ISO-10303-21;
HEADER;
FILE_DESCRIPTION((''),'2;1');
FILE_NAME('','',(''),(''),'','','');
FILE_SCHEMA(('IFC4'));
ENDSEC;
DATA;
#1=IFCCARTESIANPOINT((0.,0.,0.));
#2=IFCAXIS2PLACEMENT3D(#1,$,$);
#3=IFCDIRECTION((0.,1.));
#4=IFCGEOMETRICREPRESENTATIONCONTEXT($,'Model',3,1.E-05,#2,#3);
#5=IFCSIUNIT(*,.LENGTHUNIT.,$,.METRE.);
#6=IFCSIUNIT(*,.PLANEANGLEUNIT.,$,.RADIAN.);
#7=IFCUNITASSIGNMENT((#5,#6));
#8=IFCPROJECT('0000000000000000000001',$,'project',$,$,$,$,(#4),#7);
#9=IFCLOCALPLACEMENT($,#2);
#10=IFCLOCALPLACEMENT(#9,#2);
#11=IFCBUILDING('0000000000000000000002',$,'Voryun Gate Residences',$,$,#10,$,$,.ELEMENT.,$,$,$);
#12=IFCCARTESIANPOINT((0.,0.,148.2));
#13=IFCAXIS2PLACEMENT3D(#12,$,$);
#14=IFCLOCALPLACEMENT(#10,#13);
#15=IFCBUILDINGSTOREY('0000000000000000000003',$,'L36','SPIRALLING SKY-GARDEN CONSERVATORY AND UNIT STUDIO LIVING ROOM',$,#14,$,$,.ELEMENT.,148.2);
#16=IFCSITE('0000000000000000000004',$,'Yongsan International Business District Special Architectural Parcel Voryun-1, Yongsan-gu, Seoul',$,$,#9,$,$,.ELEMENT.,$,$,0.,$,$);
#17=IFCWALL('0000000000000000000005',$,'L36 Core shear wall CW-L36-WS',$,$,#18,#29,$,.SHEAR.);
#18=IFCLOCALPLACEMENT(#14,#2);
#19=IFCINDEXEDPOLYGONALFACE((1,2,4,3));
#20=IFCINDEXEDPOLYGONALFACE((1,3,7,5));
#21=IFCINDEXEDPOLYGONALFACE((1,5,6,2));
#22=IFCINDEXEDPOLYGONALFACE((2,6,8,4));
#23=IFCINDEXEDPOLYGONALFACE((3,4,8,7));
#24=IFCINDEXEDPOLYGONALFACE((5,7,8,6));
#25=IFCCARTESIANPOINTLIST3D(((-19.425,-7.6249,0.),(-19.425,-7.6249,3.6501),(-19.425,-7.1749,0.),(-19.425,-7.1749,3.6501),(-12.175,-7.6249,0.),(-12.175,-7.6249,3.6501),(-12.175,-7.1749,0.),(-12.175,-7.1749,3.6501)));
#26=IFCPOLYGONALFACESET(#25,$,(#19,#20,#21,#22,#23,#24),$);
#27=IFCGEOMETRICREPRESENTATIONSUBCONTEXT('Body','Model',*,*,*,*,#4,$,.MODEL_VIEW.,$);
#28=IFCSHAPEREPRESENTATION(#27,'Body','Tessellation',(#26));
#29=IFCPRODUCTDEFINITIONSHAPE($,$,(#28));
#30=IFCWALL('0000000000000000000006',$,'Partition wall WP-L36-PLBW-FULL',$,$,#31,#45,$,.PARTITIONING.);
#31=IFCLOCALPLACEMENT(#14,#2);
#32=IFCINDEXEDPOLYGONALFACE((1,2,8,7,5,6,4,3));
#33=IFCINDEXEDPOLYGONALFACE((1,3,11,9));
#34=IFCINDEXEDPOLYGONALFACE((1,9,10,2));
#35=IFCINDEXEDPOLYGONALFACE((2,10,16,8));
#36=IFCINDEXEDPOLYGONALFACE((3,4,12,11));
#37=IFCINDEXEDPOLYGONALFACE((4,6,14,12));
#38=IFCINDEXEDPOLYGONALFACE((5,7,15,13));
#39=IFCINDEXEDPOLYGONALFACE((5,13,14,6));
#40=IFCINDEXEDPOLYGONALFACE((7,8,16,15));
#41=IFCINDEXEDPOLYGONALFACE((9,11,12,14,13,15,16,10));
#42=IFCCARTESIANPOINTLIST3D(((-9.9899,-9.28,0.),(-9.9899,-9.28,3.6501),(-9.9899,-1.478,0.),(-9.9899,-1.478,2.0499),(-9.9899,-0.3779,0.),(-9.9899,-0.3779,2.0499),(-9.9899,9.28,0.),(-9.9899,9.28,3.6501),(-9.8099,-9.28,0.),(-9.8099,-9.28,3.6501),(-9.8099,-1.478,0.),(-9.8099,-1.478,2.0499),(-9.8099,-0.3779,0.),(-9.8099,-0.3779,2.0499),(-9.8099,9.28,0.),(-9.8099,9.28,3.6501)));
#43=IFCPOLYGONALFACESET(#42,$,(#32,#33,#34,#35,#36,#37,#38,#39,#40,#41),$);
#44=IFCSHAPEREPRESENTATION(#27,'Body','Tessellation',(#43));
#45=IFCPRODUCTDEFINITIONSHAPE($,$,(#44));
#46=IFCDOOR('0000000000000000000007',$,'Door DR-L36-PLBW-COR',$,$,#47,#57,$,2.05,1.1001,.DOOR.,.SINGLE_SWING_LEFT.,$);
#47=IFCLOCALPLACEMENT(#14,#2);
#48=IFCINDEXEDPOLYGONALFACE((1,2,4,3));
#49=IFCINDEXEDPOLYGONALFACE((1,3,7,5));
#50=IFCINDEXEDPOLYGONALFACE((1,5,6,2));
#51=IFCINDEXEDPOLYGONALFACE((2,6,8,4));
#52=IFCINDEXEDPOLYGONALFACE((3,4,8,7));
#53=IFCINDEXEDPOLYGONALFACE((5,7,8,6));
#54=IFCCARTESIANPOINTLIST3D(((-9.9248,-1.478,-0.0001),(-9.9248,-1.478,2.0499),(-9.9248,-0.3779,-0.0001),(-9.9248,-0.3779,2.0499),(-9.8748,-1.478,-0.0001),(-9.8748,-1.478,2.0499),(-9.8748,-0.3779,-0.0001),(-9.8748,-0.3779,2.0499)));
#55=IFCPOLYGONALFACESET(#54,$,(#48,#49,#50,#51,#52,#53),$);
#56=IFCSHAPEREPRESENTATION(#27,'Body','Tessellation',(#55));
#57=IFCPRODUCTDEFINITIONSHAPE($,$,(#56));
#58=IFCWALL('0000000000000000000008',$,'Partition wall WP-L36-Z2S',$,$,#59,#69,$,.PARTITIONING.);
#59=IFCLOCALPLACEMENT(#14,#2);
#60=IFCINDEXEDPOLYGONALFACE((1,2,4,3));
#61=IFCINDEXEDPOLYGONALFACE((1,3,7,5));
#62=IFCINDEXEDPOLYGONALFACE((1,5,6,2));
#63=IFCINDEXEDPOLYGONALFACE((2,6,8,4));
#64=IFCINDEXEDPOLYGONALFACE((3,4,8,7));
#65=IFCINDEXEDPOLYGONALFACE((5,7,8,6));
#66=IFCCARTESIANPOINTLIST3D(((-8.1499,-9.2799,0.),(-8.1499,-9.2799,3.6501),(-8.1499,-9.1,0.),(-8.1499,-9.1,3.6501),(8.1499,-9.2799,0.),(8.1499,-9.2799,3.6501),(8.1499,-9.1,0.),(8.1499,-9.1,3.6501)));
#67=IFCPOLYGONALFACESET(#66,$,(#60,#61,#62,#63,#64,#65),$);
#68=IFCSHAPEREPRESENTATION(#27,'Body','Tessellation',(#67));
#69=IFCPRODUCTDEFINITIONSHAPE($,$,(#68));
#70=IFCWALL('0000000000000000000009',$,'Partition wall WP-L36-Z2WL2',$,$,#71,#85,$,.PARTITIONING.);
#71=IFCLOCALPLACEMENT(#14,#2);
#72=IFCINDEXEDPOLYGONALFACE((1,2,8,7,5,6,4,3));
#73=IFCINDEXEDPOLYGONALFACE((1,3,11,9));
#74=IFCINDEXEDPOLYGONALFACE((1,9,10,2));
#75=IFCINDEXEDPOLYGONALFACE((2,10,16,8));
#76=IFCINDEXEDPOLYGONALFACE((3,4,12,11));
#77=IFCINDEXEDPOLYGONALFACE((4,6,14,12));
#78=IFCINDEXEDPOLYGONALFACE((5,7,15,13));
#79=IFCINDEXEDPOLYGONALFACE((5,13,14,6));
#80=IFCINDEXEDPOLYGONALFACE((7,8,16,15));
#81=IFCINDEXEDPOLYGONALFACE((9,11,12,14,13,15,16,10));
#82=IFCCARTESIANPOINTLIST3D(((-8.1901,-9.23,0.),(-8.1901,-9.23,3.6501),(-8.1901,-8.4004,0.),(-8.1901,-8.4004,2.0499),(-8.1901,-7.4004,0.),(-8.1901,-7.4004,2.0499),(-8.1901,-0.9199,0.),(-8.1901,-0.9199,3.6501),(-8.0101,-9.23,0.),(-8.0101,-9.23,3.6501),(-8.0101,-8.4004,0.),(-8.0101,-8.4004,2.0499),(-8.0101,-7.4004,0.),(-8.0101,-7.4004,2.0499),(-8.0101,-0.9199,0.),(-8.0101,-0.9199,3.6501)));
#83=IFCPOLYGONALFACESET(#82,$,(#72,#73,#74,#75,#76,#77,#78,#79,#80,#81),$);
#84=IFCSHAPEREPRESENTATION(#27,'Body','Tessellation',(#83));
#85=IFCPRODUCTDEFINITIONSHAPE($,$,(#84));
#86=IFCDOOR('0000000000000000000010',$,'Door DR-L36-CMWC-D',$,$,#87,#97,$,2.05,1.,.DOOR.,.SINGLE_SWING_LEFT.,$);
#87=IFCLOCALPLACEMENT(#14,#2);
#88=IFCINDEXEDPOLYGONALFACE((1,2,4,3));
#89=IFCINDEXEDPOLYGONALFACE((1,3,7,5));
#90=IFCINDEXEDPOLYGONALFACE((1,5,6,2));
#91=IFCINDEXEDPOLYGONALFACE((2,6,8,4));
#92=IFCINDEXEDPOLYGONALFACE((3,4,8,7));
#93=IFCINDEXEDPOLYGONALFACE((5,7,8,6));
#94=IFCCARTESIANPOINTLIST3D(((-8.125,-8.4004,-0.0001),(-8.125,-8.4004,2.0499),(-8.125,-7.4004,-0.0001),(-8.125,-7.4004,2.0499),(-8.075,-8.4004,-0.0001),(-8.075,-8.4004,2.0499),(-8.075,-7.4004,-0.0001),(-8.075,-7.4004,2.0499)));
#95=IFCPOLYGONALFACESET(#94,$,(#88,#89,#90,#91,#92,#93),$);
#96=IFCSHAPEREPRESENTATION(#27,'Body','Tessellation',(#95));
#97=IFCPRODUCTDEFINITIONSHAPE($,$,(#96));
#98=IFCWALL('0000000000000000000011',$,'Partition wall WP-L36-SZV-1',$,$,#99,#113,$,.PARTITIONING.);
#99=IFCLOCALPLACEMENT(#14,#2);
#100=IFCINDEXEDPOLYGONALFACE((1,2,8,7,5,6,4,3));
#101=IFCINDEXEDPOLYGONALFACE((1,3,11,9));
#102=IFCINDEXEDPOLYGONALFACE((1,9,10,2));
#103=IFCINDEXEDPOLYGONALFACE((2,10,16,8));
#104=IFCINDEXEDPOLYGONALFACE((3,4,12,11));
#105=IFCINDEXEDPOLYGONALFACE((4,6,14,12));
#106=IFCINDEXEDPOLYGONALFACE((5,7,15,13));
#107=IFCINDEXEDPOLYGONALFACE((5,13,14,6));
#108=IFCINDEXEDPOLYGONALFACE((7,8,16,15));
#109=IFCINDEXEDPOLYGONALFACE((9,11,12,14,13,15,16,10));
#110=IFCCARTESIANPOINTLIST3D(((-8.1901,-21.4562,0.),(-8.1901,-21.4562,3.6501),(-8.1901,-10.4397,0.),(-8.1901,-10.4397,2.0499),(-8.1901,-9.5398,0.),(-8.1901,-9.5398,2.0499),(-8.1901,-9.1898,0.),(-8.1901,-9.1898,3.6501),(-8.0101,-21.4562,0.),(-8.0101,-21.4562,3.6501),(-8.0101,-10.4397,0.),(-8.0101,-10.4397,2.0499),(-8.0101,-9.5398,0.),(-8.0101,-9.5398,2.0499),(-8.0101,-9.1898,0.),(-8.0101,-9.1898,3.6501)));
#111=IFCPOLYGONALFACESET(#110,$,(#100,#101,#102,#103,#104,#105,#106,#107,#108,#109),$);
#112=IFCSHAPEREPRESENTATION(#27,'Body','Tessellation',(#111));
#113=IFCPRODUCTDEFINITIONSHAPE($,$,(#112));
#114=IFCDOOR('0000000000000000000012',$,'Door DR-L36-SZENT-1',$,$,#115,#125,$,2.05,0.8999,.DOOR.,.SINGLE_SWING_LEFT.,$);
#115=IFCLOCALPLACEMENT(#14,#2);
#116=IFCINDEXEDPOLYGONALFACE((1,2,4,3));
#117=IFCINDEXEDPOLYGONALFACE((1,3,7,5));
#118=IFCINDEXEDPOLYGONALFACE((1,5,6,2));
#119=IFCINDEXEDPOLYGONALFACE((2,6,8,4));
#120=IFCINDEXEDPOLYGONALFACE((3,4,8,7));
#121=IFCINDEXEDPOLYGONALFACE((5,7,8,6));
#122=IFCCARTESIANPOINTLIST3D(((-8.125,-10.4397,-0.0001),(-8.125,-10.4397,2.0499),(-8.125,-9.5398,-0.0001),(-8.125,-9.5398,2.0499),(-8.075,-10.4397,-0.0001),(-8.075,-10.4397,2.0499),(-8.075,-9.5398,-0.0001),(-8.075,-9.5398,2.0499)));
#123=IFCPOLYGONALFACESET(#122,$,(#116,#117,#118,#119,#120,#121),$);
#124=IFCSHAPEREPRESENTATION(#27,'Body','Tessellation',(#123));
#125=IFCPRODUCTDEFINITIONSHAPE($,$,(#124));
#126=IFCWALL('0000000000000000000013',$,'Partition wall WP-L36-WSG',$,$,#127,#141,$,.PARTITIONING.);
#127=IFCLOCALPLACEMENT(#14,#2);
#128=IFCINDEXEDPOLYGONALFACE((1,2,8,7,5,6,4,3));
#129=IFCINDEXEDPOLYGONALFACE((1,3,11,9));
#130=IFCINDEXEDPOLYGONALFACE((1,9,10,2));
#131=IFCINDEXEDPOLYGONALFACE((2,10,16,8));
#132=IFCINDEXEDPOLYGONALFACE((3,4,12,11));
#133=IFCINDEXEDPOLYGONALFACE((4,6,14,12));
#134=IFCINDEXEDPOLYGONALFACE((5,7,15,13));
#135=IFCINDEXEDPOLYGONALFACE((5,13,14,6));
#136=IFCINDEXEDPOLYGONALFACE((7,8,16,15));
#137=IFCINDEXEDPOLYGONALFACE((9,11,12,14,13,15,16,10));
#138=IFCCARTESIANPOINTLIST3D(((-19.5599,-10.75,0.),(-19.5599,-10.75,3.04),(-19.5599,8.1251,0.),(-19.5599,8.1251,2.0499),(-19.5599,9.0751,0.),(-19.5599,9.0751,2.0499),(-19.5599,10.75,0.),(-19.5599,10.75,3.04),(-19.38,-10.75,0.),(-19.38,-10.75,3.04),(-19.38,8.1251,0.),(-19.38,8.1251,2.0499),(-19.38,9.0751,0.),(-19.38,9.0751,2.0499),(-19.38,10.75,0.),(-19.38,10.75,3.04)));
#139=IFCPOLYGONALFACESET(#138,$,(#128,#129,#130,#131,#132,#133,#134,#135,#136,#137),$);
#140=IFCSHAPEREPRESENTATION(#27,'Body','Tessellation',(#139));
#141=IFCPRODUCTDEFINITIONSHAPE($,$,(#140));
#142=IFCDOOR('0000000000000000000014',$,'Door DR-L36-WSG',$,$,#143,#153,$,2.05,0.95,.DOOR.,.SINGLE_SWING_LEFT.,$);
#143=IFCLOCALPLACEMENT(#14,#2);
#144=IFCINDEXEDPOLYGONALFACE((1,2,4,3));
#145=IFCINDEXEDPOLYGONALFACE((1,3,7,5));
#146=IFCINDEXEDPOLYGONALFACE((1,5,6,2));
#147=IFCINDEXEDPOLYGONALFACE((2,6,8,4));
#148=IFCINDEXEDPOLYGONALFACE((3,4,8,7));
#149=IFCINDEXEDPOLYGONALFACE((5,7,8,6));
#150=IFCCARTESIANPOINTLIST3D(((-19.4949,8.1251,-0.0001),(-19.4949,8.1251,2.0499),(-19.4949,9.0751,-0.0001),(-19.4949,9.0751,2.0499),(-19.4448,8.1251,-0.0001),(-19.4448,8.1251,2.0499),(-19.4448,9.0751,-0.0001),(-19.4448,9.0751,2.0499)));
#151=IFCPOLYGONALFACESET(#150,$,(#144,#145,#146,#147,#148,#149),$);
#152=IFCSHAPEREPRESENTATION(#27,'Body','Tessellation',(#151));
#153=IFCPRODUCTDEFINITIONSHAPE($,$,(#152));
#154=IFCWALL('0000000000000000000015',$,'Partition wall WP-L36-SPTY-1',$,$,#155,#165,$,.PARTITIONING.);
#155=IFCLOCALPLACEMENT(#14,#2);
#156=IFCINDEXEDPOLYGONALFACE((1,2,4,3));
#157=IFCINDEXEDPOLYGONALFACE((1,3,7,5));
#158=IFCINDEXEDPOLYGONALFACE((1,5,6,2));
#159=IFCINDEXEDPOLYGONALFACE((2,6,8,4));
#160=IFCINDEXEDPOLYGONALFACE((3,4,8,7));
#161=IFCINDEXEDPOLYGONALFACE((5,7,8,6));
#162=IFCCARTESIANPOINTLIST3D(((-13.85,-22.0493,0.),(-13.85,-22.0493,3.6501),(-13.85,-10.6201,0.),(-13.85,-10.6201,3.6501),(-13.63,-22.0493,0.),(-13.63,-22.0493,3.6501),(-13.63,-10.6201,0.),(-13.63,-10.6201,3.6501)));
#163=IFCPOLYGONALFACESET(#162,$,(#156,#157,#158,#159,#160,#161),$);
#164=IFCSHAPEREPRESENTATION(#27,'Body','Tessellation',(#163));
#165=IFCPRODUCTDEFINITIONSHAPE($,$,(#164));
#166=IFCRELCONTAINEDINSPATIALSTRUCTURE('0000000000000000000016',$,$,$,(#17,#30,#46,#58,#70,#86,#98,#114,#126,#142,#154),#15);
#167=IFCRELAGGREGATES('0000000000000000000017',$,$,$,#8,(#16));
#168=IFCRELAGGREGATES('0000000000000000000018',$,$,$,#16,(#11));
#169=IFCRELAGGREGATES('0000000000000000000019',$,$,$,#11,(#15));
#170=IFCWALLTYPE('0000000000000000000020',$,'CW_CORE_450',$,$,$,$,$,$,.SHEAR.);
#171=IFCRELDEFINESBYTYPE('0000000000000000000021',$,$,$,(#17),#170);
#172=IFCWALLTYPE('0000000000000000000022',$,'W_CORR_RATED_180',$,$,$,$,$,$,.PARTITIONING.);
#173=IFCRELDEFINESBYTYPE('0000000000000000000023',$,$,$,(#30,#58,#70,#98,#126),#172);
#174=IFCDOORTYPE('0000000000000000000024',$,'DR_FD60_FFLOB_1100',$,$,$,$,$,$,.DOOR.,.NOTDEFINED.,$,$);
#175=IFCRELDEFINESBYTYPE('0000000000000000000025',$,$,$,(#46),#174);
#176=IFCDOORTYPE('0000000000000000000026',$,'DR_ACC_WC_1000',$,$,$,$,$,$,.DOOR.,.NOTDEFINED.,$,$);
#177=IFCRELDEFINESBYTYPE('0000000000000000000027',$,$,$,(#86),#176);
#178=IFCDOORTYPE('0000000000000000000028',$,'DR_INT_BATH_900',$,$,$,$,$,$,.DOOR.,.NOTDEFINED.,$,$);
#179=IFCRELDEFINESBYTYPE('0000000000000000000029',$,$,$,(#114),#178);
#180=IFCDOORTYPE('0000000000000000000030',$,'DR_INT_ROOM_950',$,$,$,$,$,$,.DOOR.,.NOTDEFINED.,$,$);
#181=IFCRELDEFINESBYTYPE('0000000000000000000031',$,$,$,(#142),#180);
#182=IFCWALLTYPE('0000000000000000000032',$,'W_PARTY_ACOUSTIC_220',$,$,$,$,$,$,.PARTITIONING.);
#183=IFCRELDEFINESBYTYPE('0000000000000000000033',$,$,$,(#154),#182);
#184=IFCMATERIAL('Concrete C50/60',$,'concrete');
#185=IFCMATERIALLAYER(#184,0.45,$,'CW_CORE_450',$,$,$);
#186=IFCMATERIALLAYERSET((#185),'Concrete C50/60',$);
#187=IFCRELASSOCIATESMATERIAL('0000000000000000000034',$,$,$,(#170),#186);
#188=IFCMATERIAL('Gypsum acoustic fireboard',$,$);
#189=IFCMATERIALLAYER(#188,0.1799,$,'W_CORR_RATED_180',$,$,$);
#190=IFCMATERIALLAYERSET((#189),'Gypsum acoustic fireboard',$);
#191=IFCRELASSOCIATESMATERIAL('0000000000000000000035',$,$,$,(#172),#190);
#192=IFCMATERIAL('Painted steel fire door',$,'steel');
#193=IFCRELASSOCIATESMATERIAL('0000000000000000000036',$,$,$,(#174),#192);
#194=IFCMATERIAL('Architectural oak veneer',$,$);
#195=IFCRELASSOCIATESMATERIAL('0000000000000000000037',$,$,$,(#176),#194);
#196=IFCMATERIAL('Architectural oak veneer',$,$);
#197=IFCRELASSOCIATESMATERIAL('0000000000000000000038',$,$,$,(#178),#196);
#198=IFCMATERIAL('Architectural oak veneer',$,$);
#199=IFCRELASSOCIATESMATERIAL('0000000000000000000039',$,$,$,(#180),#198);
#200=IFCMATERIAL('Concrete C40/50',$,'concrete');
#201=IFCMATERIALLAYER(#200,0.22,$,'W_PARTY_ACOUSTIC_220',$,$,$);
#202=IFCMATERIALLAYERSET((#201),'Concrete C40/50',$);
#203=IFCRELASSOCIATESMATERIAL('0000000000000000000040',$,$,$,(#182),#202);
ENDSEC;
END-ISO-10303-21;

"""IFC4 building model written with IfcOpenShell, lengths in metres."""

from ifc_helpers import new_model, si_unit, direction, frame, frame_2d, origin, place, context, subcontext, project, spatial, rectangle, extrude, material, layer, layer_set, type_object, element, fill, save


model = new_model("IFC4")

# Units and contexts
model_context = context("Model", 3, precision=1e-05, world=origin(), true_north=direction((0.0, 1.0)))
body_context = subcontext(model_context, "Body", "Model", "MODEL_VIEW")
ifc_project = project(units=[si_unit("LENGTHUNIT", "METRE"), si_unit("PLANEANGLEUNIT", "RADIAN")], contexts=[model_context])

# Site, building, storey
site_placement = place(None, origin())
site = spatial("IfcSite", under=ifc_project, at=site_placement, Name="Yongsan International Business District Special Architectural Parcel Voryun-1, Yongsan-gu, Seoul", CompositionType="ELEMENT", RefElevation=0.0)
building_placement = place(site_placement, origin())
building = spatial("IfcBuilding", under=site, at=building_placement, Name="Voryun Gate Residences", CompositionType="ELEMENT")
storey_placement = place(building_placement, frame((0.0, 0.0, 148.2)))
storey = spatial("IfcBuildingStorey", under=building, at=storey_placement, Name="L36", Description="SPIRALLING SKY-GARDEN CONSERVATORY AND UNIT STUDIO LIVING ROOM", CompositionType="ELEMENT", Elevation=148.2)

# Wall
ifc_material_1 = material(Name="Concrete C50/60", Category="concrete")
ifc_layer_1 = layer(ifc_material_1, 0.45, Name="CW_CORE_450")
ifc_layer_set_1 = layer_set([ifc_layer_1], Name="Concrete C50/60")
wall_type_1 = type_object("IfcWallType", Name="CW_CORE_450", PredefinedType="SHEAR", material=ifc_layer_set_1)
wall_1_placement = place(storey_placement, frame((-19.425, -7.3999, 0.0), z_axis=(0.0, 0.0, 1.0), x_axis=(1.0, 0.0, 0.0)))
element("IfcWall", 1, at=wall_1_placement, inside=storey, type_object=wall_type_1, Name="L36 Core shear wall CW-L36-WS", PredefinedType="SHEAR", context=body_context, shape_type="SweptSolid", body=[
    extrude(rectangle(XDim=7.25, YDim=0.45, at=frame_2d((3.625, 0.0))), origin(), (0.0, 0.0, 1.0), 3.6501),
])

# Wall, opening, door
ifc_material_2 = material(Name="Gypsum acoustic fireboard")
ifc_layer_2 = layer(ifc_material_2, 0.1799, Name="W_CORR_RATED_180")
ifc_layer_set_2 = layer_set([ifc_layer_2], Name="Gypsum acoustic fireboard")
wall_type_2 = type_object("IfcWallType", Name="W_CORR_RATED_180", PredefinedType="PARTITIONING", material=ifc_layer_set_2)
wall_2_placement = place(storey_placement, frame((-9.8999, -9.28, 0.0), z_axis=(0.0, 0.0, 1.0), x_axis=(0.0, 1.0, 0.0)))
wall_2 = element("IfcWall", 2, at=wall_2_placement, inside=storey, type_object=wall_type_2, Name="Partition wall WP-L36-PLBW-FULL", PredefinedType="PARTITIONING", context=body_context, shape_type="SweptSolid", body=[
    extrude(rectangle(XDim=18.5601, YDim=0.1799, at=frame_2d((9.28, 0.0))), origin(), (0.0, 0.0, 1.0), 3.6501),
])
opening_1_placement = place(wall_2_placement, frame((7.802, 0.0, 0.0)))
opening_1 = element("IfcOpeningElement", 3, at=opening_1_placement, cuts=wall_2, PredefinedType="OPENING", context=body_context, shape_type="SweptSolid", body=[
    extrude(rectangle(XDim=1.1001, YDim=2.05, at=frame_2d((0.55, 1.0249))), frame((0.0, 0.0999, 0.0), z_axis=(0.0, -1.0, 0.0), x_axis=(1.0, 0.0, 0.0)), (0.0, 0.0, 1.0), 0.2),
])
ifc_material_3 = material(Name="Painted steel fire door", Category="steel")
door_type_1 = type_object("IfcDoorType", Name="DR_FD60_FFLOB_1100", OperationType="NOTDEFINED", PredefinedType="DOOR", material=ifc_material_3)
door_1_placement = place(opening_1_placement, origin())
door_1 = element("IfcDoor", 4, at=door_1_placement, inside=storey, type_object=door_type_1, Name="Door DR-L36-PLBW-COR", OperationType="SINGLE_SWING_LEFT", OverallHeight=2.05, OverallWidth=1.1001, PredefinedType="DOOR", context=body_context, shape_type="SweptSolid", body=[
    extrude(rectangle(XDim=1.1001, YDim=2.05, at=frame_2d((0.55, 1.0249))), frame((0.0, 0.0249, 0.0), z_axis=(0.0, -1.0, 0.0), x_axis=(1.0, 0.0, 0.0)), (0.0, 0.0, 1.0), 0.05),
])
fill(opening_1, door_1)

# Wall
wall_3_placement = place(storey_placement, frame((-8.1499, -9.1899, 0.0), z_axis=(0.0, 0.0, 1.0), x_axis=(1.0, 0.0, 0.0)))
element("IfcWall", 5, at=wall_3_placement, inside=storey, type_object=wall_type_2, Name="Partition wall WP-L36-Z2S", PredefinedType="PARTITIONING", context=body_context, shape_type="SweptSolid", body=[
    extrude(rectangle(XDim=16.2998, YDim=0.1799, at=frame_2d((8.1499, 0.0))), origin(), (0.0, 0.0, 1.0), 3.6501),
])

# Walls, openings, doors
wall_4_placement = place(storey_placement, frame((-8.1001, -9.23, 0.0), z_axis=(0.0, 0.0, 1.0), x_axis=(0.0, 1.0, 0.0)))
wall_4 = element("IfcWall", 6, at=wall_4_placement, inside=storey, type_object=wall_type_2, Name="Partition wall WP-L36-Z2WL2", PredefinedType="PARTITIONING", context=body_context, shape_type="SweptSolid", body=[
    extrude(rectangle(XDim=8.3101, YDim=0.1799, at=frame_2d((4.155, 0.0))), origin(), (0.0, 0.0, 1.0), 3.6501),
])
opening_2_placement = place(wall_4_placement, frame((0.8296, 0.0, 0.0)))
opening_2 = element("IfcOpeningElement", 7, at=opening_2_placement, cuts=wall_4, PredefinedType="OPENING", context=body_context, shape_type="SweptSolid", body=[
    extrude(rectangle(XDim=1.0, YDim=2.05, at=frame_2d((0.5, 1.0249))), frame((0.0, 0.0999, 0.0), z_axis=(0.0, -1.0, 0.0), x_axis=(1.0, 0.0, 0.0)), (0.0, 0.0, 1.0), 0.2),
])
ifc_material_4 = material(Name="Architectural oak veneer")
door_type_2 = type_object("IfcDoorType", Name="DR_ACC_WC_1000", OperationType="NOTDEFINED", PredefinedType="DOOR", material=ifc_material_4)
door_2_placement = place(opening_2_placement, origin())
door_2 = element("IfcDoor", 8, at=door_2_placement, inside=storey, type_object=door_type_2, Name="Door DR-L36-CMWC-D", OperationType="SINGLE_SWING_LEFT", OverallHeight=2.05, OverallWidth=1.0, PredefinedType="DOOR", context=body_context, shape_type="SweptSolid", body=[
    extrude(rectangle(XDim=1.0, YDim=2.05, at=frame_2d((0.5, 1.0249))), frame((0.0, 0.0249, 0.0), z_axis=(0.0, -1.0, 0.0), x_axis=(1.0, 0.0, 0.0)), (0.0, 0.0, 1.0), 0.05),
])
fill(opening_2, door_2)
wall_5_placement = place(storey_placement, frame((-8.1001, -21.4563, 0.0), z_axis=(0.0, 0.0, 1.0), x_axis=(0.0, 1.0, 0.0)))
wall_5 = element("IfcWall", 9, at=wall_5_placement, inside=storey, type_object=wall_type_2, Name="Partition wall WP-L36-SZV-1", PredefinedType="PARTITIONING", context=body_context, shape_type="SweptSolid", body=[
    extrude(rectangle(XDim=12.2664, YDim=0.1799, at=frame_2d((6.1333, 0.0))), origin(), (0.0, 0.0, 1.0), 3.6501),
])
opening_3_placement = place(wall_5_placement, frame((11.0166, 0.0, 0.0)))
opening_3 = element("IfcOpeningElement", 10, at=opening_3_placement, cuts=wall_5, PredefinedType="OPENING", context=body_context, shape_type="SweptSolid", body=[
    extrude(rectangle(XDim=0.8999, YDim=2.05, at=frame_2d((0.45, 1.0249))), frame((0.0, 0.0999, 0.0), z_axis=(0.0, -1.0, 0.0), x_axis=(1.0, 0.0, 0.0)), (0.0, 0.0, 1.0), 0.2),
])
ifc_material_5 = material(Name="Architectural oak veneer")
door_type_3 = type_object("IfcDoorType", Name="DR_INT_BATH_900", OperationType="NOTDEFINED", PredefinedType="DOOR", material=ifc_material_5)
door_3_placement = place(opening_3_placement, origin())
door_3 = element("IfcDoor", 11, at=door_3_placement, inside=storey, type_object=door_type_3, Name="Door DR-L36-SZENT-1", OperationType="SINGLE_SWING_LEFT", OverallHeight=2.05, OverallWidth=0.8999, PredefinedType="DOOR", context=body_context, shape_type="SweptSolid", body=[
    extrude(rectangle(XDim=0.8999, YDim=2.05, at=frame_2d((0.45, 1.0249))), frame((0.0, 0.0249, 0.0), z_axis=(0.0, -1.0, 0.0), x_axis=(1.0, 0.0, 0.0)), (0.0, 0.0, 1.0), 0.05),
])
fill(opening_3, door_3)
wall_6_placement = place(storey_placement, frame((-19.47, -10.75, 0.0), z_axis=(0.0, 0.0, 1.0), x_axis=(0.0, 1.0, 0.0)))
wall_6 = element("IfcWall", 12, at=wall_6_placement, inside=storey, type_object=wall_type_2, Name="Partition wall WP-L36-WSG", PredefinedType="PARTITIONING", context=body_context, shape_type="SweptSolid", body=[
    extrude(rectangle(XDim=21.5, YDim=0.1799, at=frame_2d((10.75, 0.0))), origin(), (0.0, 0.0, 1.0), 3.04),
])
opening_4_placement = place(wall_6_placement, frame((18.875, 0.0, 0.0)))
opening_4 = element("IfcOpeningElement", 13, at=opening_4_placement, cuts=wall_6, PredefinedType="OPENING", context=body_context, shape_type="SweptSolid", body=[
    extrude(rectangle(XDim=0.95, YDim=2.05, at=frame_2d((0.4751, 1.0249))), frame((0.0, 0.0999, 0.0), z_axis=(0.0, -1.0, 0.0), x_axis=(1.0, 0.0, 0.0)), (0.0, 0.0, 1.0), 0.2),
])
ifc_material_6 = material(Name="Architectural oak veneer")
door_type_4 = type_object("IfcDoorType", Name="DR_INT_ROOM_950", OperationType="NOTDEFINED", PredefinedType="DOOR", material=ifc_material_6)
door_4_placement = place(opening_4_placement, origin())
door_4 = element("IfcDoor", 14, at=door_4_placement, inside=storey, type_object=door_type_4, Name="Door DR-L36-WSG", OperationType="SINGLE_SWING_LEFT", OverallHeight=2.05, OverallWidth=0.95, PredefinedType="DOOR", context=body_context, shape_type="SweptSolid", body=[
    extrude(rectangle(XDim=0.95, YDim=2.05, at=frame_2d((0.4751, 1.0249))), frame((0.0, 0.0249, 0.0), z_axis=(0.0, -1.0, 0.0), x_axis=(1.0, 0.0, 0.0)), (0.0, 0.0, 1.0), 0.05),
])
fill(opening_4, door_4)

# Wall
ifc_material_7 = material(Name="Concrete C40/50", Category="concrete")
ifc_layer_3 = layer(ifc_material_7, 0.22, Name="W_PARTY_ACOUSTIC_220")
ifc_layer_set_3 = layer_set([ifc_layer_3], Name="Concrete C40/50")
wall_type_3 = type_object("IfcWallType", Name="W_PARTY_ACOUSTIC_220", PredefinedType="PARTITIONING", material=ifc_layer_set_3)
wall_7_placement = place(storey_placement, frame((-13.74, -22.0493, 0.0), z_axis=(0.0, 0.0, 1.0), x_axis=(0.0, 1.0, 0.0)))
element("IfcWall", 15, at=wall_7_placement, inside=storey, type_object=wall_type_3, Name="Partition wall WP-L36-SPTY-1", PredefinedType="PARTITIONING", context=body_context, shape_type="SweptSolid", body=[
    extrude(rectangle(XDim=11.4292, YDim=0.22, at=frame_2d((5.7146, 0.0))), origin(), (0.0, 0.0, 1.0), 3.6501),
])

save(model, "model.ifc")
